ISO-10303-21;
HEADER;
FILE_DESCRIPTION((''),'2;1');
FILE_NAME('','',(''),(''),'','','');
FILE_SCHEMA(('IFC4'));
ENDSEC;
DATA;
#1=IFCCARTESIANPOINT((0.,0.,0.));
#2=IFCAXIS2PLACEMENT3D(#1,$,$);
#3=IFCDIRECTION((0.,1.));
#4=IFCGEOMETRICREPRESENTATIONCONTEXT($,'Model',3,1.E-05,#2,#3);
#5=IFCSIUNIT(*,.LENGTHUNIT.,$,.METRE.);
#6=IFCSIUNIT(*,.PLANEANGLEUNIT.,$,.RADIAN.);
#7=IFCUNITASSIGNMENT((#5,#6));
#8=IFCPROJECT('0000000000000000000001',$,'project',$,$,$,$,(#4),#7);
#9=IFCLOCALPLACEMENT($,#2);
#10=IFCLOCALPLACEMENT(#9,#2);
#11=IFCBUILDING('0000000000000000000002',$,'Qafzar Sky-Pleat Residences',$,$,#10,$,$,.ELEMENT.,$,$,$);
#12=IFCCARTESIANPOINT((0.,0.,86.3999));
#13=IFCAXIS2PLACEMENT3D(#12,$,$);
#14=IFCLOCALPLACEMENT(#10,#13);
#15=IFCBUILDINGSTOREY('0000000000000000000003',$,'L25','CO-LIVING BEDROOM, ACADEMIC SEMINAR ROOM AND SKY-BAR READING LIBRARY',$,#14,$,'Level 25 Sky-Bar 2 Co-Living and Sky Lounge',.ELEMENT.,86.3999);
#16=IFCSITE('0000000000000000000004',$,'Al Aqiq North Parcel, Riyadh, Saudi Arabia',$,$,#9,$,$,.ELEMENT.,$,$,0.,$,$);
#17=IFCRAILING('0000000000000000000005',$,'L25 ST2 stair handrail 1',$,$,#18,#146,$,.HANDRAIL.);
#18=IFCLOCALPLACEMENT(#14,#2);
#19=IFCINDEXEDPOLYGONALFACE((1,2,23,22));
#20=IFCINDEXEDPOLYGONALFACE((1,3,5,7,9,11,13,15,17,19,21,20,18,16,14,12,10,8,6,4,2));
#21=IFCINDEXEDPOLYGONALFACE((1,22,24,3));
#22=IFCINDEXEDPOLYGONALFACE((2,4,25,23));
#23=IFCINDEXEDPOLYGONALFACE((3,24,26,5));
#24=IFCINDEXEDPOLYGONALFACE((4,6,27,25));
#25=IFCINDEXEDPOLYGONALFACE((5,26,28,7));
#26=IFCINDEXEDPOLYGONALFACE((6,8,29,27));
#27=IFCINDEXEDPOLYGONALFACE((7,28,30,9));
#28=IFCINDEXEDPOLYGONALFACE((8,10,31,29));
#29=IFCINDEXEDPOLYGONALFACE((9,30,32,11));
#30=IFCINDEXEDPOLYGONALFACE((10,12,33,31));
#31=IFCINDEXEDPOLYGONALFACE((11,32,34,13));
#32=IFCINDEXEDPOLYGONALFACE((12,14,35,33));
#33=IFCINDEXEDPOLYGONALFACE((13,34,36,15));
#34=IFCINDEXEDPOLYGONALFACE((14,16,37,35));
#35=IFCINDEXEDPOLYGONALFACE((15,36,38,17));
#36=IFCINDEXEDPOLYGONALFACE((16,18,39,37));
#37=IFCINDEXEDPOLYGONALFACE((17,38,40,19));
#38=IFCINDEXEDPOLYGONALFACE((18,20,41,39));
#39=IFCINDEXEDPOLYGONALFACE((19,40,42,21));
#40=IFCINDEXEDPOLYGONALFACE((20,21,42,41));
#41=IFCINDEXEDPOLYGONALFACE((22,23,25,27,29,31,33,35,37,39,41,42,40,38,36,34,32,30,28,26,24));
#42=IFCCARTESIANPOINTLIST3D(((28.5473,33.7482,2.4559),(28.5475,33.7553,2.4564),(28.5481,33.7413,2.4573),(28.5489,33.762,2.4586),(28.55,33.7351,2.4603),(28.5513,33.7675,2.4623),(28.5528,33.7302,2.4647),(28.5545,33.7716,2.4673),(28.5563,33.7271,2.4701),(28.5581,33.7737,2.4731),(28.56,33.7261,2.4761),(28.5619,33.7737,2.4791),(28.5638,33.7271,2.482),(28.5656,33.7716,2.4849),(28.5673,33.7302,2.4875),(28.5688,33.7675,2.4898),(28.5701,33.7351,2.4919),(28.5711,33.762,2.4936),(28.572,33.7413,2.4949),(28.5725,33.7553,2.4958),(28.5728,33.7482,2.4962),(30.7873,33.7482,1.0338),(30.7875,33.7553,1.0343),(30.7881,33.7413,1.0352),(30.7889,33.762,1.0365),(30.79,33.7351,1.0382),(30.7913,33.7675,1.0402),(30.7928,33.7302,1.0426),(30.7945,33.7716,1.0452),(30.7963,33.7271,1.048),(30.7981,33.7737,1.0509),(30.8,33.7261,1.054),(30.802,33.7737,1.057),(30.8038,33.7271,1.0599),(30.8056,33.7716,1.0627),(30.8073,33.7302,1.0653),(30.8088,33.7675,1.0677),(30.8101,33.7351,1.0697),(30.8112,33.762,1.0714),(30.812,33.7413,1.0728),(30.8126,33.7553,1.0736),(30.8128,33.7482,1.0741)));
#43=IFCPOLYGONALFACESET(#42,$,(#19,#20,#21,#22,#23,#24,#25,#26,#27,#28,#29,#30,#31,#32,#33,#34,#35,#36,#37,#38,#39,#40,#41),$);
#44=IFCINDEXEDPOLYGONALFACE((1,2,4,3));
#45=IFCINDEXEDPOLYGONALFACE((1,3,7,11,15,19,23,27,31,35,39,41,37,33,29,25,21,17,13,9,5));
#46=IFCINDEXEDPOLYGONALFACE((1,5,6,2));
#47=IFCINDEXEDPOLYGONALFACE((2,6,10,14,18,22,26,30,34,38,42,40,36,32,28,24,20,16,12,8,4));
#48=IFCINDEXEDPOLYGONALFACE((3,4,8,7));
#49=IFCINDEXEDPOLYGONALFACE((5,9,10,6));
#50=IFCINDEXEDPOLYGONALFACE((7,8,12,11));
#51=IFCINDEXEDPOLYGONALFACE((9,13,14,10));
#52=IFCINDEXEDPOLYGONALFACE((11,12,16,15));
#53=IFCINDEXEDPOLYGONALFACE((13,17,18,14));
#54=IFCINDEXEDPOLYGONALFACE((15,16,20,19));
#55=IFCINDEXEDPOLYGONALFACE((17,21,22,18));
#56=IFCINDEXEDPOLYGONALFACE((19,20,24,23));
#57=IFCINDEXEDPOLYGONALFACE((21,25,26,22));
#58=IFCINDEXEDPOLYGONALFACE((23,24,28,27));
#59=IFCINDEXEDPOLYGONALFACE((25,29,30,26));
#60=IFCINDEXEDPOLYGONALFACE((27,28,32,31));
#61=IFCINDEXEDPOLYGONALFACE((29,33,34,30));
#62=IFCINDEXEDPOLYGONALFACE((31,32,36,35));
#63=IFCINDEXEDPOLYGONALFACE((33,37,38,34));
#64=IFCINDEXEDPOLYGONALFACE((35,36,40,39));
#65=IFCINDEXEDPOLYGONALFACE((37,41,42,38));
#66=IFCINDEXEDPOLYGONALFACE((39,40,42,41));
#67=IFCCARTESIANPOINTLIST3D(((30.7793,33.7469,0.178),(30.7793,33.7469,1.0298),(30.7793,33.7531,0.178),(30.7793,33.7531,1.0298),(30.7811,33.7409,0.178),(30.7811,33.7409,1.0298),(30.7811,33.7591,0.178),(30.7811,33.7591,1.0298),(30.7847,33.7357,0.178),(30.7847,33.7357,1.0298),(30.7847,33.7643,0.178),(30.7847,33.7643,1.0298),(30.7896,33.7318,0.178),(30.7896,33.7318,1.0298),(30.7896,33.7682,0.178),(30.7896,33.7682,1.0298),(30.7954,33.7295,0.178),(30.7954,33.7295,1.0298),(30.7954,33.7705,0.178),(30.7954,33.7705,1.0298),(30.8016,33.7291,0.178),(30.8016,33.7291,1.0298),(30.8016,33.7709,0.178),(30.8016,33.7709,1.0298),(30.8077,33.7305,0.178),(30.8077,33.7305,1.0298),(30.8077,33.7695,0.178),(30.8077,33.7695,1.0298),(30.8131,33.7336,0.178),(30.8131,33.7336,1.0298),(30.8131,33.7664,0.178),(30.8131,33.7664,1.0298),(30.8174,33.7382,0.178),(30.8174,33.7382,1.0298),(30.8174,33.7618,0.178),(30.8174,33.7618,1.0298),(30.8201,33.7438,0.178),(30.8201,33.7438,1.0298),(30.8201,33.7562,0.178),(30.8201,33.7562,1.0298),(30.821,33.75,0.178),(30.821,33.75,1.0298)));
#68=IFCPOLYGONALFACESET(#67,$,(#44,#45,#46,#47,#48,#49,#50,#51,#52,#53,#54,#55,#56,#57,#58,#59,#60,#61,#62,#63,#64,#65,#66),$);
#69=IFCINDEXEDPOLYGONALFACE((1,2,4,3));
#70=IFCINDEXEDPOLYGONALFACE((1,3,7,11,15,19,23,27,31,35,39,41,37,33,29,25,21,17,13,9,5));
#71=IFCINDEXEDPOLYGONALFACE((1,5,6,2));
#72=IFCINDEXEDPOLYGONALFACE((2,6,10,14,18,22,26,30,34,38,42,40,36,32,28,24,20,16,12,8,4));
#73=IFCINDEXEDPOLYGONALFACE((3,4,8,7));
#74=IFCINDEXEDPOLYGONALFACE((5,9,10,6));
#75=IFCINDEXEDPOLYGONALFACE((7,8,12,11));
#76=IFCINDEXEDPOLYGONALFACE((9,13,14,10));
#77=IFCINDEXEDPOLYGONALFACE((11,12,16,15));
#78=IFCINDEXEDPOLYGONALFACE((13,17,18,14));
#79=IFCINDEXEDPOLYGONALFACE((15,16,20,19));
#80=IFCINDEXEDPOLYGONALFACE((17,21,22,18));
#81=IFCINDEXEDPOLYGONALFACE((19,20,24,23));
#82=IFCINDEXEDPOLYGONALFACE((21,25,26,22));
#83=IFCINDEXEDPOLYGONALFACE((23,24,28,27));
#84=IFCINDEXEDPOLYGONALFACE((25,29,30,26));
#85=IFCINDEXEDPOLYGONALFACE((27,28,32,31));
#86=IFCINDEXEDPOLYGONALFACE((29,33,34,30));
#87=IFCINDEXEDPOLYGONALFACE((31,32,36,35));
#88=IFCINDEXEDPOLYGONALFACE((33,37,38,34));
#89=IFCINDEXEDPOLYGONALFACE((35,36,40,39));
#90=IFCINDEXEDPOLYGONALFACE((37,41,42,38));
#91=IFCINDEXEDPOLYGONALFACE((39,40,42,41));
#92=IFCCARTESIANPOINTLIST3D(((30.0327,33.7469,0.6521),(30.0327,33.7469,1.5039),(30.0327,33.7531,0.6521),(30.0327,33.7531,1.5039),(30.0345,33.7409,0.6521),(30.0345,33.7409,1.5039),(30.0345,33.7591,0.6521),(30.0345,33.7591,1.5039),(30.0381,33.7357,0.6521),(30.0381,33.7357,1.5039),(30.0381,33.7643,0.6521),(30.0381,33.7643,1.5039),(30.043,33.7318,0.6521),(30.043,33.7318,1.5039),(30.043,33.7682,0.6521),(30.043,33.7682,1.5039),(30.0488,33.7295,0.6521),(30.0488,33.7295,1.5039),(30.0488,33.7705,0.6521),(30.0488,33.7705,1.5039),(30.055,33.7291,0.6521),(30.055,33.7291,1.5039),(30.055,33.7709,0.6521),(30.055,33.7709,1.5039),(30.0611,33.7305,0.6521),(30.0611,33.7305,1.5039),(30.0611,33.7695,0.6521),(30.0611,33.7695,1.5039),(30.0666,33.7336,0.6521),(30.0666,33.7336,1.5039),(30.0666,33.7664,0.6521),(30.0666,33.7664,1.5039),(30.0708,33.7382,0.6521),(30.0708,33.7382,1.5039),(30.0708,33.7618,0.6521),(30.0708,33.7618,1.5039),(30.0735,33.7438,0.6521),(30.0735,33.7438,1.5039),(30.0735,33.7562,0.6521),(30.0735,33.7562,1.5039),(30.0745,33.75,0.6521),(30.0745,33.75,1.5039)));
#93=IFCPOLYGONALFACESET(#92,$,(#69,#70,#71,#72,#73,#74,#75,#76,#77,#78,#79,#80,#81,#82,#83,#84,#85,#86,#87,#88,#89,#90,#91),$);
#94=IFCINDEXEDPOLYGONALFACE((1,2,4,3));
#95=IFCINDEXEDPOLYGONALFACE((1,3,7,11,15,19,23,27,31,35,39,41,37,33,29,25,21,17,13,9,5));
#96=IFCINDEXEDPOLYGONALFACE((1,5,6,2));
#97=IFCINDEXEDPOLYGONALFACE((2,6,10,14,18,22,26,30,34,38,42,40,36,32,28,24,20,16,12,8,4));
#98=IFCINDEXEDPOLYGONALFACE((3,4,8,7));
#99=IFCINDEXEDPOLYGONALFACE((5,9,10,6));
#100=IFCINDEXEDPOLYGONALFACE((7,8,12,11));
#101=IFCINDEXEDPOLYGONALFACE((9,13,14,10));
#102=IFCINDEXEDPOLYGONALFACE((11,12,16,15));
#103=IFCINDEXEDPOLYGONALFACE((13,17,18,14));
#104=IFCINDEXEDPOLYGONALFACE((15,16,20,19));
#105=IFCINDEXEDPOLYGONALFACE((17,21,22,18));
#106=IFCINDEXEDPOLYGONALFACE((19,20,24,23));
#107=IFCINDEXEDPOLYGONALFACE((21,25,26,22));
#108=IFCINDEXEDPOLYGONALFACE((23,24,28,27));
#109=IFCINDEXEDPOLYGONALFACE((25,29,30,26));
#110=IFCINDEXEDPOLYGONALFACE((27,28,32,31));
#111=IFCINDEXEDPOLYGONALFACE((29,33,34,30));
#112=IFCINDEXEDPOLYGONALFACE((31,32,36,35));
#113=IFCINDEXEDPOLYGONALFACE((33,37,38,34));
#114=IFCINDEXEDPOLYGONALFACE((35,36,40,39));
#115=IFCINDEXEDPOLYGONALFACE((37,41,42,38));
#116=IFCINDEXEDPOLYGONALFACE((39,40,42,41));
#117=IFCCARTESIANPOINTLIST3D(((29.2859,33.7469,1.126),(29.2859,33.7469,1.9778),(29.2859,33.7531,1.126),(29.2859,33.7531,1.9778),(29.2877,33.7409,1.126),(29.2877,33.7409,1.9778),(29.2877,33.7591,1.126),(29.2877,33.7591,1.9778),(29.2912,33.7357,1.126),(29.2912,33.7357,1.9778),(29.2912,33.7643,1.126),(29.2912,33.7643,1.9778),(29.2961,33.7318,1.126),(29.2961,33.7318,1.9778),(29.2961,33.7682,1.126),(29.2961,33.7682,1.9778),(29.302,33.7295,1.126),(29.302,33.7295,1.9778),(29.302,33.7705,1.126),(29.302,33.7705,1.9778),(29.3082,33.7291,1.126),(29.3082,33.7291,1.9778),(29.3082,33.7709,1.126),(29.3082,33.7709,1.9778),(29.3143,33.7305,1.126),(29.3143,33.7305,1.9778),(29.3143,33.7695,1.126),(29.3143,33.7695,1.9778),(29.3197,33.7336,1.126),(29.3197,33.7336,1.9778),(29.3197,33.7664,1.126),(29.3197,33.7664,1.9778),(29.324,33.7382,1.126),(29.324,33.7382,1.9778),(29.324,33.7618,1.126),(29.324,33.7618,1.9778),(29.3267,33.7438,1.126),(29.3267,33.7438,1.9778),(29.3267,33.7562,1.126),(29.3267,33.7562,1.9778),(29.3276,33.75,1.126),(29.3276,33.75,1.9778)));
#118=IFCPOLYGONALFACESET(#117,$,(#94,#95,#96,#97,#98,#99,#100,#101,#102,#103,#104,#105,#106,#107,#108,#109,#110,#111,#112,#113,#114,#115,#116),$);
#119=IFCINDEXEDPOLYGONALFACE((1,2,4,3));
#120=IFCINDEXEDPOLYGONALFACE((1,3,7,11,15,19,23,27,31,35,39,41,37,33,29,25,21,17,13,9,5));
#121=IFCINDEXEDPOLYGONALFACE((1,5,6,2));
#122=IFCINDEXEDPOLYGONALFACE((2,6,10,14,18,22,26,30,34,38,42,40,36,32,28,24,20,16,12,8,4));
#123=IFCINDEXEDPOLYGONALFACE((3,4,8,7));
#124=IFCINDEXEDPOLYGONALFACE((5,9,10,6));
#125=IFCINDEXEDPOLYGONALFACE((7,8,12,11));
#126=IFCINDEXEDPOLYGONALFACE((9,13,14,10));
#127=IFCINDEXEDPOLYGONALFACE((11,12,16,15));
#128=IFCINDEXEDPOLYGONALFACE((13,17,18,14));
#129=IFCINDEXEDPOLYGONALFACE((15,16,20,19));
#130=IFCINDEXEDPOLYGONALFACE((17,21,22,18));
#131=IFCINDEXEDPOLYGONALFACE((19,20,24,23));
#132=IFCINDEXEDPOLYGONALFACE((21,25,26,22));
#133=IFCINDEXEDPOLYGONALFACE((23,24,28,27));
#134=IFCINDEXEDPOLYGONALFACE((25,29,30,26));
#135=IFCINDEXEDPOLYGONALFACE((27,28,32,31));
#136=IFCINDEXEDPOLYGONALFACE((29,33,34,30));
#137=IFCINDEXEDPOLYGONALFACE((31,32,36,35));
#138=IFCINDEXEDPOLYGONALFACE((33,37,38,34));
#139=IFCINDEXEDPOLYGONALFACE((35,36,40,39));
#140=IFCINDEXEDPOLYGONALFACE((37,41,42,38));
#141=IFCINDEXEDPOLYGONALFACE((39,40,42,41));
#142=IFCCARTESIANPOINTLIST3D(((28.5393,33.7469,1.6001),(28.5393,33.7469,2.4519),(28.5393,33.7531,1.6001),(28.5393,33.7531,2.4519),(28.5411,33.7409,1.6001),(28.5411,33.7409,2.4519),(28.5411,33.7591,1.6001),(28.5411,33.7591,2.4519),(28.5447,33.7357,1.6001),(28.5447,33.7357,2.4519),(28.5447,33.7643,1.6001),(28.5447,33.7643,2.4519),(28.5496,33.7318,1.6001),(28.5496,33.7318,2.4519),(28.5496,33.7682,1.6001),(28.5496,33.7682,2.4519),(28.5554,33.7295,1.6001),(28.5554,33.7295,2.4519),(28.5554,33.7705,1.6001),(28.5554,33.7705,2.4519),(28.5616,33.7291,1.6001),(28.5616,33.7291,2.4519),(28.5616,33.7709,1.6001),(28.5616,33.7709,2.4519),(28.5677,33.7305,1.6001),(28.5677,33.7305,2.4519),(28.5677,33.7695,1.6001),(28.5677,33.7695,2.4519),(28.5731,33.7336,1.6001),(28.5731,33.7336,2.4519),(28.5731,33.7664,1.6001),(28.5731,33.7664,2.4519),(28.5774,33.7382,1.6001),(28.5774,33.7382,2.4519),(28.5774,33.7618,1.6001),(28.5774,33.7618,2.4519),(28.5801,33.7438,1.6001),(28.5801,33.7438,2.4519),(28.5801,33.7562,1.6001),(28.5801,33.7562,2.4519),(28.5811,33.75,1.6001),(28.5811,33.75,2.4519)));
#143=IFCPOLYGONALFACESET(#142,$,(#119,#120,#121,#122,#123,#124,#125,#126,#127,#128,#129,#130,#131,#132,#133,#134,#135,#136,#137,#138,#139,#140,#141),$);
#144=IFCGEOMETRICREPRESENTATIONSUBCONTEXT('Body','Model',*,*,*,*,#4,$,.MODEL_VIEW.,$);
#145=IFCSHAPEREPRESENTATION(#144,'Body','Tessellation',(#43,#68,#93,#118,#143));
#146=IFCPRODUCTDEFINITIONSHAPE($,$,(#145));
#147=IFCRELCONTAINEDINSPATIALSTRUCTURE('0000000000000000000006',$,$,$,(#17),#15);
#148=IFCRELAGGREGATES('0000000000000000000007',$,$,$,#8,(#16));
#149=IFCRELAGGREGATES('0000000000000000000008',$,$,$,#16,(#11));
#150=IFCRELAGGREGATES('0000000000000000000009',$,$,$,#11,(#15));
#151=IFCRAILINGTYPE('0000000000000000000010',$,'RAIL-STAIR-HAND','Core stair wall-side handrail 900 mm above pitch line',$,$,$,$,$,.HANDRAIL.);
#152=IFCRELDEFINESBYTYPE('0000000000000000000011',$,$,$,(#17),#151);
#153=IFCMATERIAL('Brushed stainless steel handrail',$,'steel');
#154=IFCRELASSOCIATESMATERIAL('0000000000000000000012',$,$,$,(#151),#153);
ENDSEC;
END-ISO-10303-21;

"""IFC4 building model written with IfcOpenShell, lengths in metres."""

from ifc_helpers import new_model, si_unit, direction, frame, origin, origin_2d, place, context, subcontext, project, spatial, circle, extrude, source, transform, mapped, material, type_object, element, save


model = new_model("IFC4")

# Units and contexts
model_context = context("Model", 3, precision=1e-05, world=origin(), true_north=direction((0.0, 1.0)))
body_context = subcontext(model_context, "Body", "Model", "MODEL_VIEW")
ifc_project = project(units=[si_unit("LENGTHUNIT", "METRE"), si_unit("PLANEANGLEUNIT", "RADIAN")], contexts=[model_context])

# Site, building, storey
site_placement = place(None, origin())
site = spatial("IfcSite", under=ifc_project, at=site_placement, Name="Al Aqiq North Parcel, Riyadh, Saudi Arabia", CompositionType="ELEMENT", RefElevation=0.0)
building_placement = place(site_placement, origin())
building = spatial("IfcBuilding", under=site, at=building_placement, Name="Qafzar Sky-Pleat Residences", CompositionType="ELEMENT")
storey_placement = place(building_placement, frame((0.0, 0.0, 86.3999)))
storey = spatial("IfcBuildingStorey", under=building, at=storey_placement, Name="L25", Description="CO-LIVING BEDROOM, ACADEMIC SEMINAR ROOM AND SKY-BAR READING LIBRARY", LongName="Level 25 Sky-Bar 2 Co-Living and Sky Lounge", CompositionType="ELEMENT", Elevation=86.3999)

# Railing
ifc_material_1 = material(Name="Brushed stainless steel handrail", Category="steel")
railing_type_1 = type_object("IfcRailingType", Name="RAIL-STAIR-HAND", Description="Core stair wall-side handrail 900 mm above pitch line", PredefinedType="HANDRAIL", material=ifc_material_1)
shared_shape_1 = source(origin(), body_context, "Body", "SweptSolid", [
    extrude(circle(Radius=0.0239, at=origin_2d()), frame((0.0, 0.0, 0.876), z_axis=(-0.844229, 0.0, 0.535982), x_axis=(0.0, -1.0, 0.0)), (0.0, 0.0, 1.0), 2.6533),
    extrude(circle(Radius=0.021, at=origin_2d()), origin(), (0.0, 0.0, 1.0), 0.8518),
    extrude(circle(Radius=0.021, at=origin_2d()), frame((-0.7466, 0.0, 0.4741)), (0.0, 0.0, 1.0), 0.8518),
    extrude(circle(Radius=0.021, at=origin_2d()), frame((-1.4934, 0.0, 0.948)), (0.0, 0.0, 1.0), 0.8518),
    extrude(circle(Radius=0.021, at=origin_2d()), frame((-2.24, 0.0, 1.4221)), (0.0, 0.0, 1.0), 0.8518),
])
railing_1_placement = place(storey_placement, frame((30.8, 33.75, 0.178)))
element("IfcRailing", 1, at=railing_1_placement, inside=storey, type_object=railing_type_1, Name="L25 ST2 stair handrail 1", PredefinedType="HANDRAIL", context=body_context, shape_type="MappedRepresentation", body=[
    mapped(shared_shape_1, transform((0.0, 0.0, 0.0), x_axis=(1.0, 0.0, 0.0), y_axis=(0.0, 1.0, 0.0), z_axis=(0.0, 0.0, 1.0), scale=1.0)),
])

save(model, "model.ifc")
